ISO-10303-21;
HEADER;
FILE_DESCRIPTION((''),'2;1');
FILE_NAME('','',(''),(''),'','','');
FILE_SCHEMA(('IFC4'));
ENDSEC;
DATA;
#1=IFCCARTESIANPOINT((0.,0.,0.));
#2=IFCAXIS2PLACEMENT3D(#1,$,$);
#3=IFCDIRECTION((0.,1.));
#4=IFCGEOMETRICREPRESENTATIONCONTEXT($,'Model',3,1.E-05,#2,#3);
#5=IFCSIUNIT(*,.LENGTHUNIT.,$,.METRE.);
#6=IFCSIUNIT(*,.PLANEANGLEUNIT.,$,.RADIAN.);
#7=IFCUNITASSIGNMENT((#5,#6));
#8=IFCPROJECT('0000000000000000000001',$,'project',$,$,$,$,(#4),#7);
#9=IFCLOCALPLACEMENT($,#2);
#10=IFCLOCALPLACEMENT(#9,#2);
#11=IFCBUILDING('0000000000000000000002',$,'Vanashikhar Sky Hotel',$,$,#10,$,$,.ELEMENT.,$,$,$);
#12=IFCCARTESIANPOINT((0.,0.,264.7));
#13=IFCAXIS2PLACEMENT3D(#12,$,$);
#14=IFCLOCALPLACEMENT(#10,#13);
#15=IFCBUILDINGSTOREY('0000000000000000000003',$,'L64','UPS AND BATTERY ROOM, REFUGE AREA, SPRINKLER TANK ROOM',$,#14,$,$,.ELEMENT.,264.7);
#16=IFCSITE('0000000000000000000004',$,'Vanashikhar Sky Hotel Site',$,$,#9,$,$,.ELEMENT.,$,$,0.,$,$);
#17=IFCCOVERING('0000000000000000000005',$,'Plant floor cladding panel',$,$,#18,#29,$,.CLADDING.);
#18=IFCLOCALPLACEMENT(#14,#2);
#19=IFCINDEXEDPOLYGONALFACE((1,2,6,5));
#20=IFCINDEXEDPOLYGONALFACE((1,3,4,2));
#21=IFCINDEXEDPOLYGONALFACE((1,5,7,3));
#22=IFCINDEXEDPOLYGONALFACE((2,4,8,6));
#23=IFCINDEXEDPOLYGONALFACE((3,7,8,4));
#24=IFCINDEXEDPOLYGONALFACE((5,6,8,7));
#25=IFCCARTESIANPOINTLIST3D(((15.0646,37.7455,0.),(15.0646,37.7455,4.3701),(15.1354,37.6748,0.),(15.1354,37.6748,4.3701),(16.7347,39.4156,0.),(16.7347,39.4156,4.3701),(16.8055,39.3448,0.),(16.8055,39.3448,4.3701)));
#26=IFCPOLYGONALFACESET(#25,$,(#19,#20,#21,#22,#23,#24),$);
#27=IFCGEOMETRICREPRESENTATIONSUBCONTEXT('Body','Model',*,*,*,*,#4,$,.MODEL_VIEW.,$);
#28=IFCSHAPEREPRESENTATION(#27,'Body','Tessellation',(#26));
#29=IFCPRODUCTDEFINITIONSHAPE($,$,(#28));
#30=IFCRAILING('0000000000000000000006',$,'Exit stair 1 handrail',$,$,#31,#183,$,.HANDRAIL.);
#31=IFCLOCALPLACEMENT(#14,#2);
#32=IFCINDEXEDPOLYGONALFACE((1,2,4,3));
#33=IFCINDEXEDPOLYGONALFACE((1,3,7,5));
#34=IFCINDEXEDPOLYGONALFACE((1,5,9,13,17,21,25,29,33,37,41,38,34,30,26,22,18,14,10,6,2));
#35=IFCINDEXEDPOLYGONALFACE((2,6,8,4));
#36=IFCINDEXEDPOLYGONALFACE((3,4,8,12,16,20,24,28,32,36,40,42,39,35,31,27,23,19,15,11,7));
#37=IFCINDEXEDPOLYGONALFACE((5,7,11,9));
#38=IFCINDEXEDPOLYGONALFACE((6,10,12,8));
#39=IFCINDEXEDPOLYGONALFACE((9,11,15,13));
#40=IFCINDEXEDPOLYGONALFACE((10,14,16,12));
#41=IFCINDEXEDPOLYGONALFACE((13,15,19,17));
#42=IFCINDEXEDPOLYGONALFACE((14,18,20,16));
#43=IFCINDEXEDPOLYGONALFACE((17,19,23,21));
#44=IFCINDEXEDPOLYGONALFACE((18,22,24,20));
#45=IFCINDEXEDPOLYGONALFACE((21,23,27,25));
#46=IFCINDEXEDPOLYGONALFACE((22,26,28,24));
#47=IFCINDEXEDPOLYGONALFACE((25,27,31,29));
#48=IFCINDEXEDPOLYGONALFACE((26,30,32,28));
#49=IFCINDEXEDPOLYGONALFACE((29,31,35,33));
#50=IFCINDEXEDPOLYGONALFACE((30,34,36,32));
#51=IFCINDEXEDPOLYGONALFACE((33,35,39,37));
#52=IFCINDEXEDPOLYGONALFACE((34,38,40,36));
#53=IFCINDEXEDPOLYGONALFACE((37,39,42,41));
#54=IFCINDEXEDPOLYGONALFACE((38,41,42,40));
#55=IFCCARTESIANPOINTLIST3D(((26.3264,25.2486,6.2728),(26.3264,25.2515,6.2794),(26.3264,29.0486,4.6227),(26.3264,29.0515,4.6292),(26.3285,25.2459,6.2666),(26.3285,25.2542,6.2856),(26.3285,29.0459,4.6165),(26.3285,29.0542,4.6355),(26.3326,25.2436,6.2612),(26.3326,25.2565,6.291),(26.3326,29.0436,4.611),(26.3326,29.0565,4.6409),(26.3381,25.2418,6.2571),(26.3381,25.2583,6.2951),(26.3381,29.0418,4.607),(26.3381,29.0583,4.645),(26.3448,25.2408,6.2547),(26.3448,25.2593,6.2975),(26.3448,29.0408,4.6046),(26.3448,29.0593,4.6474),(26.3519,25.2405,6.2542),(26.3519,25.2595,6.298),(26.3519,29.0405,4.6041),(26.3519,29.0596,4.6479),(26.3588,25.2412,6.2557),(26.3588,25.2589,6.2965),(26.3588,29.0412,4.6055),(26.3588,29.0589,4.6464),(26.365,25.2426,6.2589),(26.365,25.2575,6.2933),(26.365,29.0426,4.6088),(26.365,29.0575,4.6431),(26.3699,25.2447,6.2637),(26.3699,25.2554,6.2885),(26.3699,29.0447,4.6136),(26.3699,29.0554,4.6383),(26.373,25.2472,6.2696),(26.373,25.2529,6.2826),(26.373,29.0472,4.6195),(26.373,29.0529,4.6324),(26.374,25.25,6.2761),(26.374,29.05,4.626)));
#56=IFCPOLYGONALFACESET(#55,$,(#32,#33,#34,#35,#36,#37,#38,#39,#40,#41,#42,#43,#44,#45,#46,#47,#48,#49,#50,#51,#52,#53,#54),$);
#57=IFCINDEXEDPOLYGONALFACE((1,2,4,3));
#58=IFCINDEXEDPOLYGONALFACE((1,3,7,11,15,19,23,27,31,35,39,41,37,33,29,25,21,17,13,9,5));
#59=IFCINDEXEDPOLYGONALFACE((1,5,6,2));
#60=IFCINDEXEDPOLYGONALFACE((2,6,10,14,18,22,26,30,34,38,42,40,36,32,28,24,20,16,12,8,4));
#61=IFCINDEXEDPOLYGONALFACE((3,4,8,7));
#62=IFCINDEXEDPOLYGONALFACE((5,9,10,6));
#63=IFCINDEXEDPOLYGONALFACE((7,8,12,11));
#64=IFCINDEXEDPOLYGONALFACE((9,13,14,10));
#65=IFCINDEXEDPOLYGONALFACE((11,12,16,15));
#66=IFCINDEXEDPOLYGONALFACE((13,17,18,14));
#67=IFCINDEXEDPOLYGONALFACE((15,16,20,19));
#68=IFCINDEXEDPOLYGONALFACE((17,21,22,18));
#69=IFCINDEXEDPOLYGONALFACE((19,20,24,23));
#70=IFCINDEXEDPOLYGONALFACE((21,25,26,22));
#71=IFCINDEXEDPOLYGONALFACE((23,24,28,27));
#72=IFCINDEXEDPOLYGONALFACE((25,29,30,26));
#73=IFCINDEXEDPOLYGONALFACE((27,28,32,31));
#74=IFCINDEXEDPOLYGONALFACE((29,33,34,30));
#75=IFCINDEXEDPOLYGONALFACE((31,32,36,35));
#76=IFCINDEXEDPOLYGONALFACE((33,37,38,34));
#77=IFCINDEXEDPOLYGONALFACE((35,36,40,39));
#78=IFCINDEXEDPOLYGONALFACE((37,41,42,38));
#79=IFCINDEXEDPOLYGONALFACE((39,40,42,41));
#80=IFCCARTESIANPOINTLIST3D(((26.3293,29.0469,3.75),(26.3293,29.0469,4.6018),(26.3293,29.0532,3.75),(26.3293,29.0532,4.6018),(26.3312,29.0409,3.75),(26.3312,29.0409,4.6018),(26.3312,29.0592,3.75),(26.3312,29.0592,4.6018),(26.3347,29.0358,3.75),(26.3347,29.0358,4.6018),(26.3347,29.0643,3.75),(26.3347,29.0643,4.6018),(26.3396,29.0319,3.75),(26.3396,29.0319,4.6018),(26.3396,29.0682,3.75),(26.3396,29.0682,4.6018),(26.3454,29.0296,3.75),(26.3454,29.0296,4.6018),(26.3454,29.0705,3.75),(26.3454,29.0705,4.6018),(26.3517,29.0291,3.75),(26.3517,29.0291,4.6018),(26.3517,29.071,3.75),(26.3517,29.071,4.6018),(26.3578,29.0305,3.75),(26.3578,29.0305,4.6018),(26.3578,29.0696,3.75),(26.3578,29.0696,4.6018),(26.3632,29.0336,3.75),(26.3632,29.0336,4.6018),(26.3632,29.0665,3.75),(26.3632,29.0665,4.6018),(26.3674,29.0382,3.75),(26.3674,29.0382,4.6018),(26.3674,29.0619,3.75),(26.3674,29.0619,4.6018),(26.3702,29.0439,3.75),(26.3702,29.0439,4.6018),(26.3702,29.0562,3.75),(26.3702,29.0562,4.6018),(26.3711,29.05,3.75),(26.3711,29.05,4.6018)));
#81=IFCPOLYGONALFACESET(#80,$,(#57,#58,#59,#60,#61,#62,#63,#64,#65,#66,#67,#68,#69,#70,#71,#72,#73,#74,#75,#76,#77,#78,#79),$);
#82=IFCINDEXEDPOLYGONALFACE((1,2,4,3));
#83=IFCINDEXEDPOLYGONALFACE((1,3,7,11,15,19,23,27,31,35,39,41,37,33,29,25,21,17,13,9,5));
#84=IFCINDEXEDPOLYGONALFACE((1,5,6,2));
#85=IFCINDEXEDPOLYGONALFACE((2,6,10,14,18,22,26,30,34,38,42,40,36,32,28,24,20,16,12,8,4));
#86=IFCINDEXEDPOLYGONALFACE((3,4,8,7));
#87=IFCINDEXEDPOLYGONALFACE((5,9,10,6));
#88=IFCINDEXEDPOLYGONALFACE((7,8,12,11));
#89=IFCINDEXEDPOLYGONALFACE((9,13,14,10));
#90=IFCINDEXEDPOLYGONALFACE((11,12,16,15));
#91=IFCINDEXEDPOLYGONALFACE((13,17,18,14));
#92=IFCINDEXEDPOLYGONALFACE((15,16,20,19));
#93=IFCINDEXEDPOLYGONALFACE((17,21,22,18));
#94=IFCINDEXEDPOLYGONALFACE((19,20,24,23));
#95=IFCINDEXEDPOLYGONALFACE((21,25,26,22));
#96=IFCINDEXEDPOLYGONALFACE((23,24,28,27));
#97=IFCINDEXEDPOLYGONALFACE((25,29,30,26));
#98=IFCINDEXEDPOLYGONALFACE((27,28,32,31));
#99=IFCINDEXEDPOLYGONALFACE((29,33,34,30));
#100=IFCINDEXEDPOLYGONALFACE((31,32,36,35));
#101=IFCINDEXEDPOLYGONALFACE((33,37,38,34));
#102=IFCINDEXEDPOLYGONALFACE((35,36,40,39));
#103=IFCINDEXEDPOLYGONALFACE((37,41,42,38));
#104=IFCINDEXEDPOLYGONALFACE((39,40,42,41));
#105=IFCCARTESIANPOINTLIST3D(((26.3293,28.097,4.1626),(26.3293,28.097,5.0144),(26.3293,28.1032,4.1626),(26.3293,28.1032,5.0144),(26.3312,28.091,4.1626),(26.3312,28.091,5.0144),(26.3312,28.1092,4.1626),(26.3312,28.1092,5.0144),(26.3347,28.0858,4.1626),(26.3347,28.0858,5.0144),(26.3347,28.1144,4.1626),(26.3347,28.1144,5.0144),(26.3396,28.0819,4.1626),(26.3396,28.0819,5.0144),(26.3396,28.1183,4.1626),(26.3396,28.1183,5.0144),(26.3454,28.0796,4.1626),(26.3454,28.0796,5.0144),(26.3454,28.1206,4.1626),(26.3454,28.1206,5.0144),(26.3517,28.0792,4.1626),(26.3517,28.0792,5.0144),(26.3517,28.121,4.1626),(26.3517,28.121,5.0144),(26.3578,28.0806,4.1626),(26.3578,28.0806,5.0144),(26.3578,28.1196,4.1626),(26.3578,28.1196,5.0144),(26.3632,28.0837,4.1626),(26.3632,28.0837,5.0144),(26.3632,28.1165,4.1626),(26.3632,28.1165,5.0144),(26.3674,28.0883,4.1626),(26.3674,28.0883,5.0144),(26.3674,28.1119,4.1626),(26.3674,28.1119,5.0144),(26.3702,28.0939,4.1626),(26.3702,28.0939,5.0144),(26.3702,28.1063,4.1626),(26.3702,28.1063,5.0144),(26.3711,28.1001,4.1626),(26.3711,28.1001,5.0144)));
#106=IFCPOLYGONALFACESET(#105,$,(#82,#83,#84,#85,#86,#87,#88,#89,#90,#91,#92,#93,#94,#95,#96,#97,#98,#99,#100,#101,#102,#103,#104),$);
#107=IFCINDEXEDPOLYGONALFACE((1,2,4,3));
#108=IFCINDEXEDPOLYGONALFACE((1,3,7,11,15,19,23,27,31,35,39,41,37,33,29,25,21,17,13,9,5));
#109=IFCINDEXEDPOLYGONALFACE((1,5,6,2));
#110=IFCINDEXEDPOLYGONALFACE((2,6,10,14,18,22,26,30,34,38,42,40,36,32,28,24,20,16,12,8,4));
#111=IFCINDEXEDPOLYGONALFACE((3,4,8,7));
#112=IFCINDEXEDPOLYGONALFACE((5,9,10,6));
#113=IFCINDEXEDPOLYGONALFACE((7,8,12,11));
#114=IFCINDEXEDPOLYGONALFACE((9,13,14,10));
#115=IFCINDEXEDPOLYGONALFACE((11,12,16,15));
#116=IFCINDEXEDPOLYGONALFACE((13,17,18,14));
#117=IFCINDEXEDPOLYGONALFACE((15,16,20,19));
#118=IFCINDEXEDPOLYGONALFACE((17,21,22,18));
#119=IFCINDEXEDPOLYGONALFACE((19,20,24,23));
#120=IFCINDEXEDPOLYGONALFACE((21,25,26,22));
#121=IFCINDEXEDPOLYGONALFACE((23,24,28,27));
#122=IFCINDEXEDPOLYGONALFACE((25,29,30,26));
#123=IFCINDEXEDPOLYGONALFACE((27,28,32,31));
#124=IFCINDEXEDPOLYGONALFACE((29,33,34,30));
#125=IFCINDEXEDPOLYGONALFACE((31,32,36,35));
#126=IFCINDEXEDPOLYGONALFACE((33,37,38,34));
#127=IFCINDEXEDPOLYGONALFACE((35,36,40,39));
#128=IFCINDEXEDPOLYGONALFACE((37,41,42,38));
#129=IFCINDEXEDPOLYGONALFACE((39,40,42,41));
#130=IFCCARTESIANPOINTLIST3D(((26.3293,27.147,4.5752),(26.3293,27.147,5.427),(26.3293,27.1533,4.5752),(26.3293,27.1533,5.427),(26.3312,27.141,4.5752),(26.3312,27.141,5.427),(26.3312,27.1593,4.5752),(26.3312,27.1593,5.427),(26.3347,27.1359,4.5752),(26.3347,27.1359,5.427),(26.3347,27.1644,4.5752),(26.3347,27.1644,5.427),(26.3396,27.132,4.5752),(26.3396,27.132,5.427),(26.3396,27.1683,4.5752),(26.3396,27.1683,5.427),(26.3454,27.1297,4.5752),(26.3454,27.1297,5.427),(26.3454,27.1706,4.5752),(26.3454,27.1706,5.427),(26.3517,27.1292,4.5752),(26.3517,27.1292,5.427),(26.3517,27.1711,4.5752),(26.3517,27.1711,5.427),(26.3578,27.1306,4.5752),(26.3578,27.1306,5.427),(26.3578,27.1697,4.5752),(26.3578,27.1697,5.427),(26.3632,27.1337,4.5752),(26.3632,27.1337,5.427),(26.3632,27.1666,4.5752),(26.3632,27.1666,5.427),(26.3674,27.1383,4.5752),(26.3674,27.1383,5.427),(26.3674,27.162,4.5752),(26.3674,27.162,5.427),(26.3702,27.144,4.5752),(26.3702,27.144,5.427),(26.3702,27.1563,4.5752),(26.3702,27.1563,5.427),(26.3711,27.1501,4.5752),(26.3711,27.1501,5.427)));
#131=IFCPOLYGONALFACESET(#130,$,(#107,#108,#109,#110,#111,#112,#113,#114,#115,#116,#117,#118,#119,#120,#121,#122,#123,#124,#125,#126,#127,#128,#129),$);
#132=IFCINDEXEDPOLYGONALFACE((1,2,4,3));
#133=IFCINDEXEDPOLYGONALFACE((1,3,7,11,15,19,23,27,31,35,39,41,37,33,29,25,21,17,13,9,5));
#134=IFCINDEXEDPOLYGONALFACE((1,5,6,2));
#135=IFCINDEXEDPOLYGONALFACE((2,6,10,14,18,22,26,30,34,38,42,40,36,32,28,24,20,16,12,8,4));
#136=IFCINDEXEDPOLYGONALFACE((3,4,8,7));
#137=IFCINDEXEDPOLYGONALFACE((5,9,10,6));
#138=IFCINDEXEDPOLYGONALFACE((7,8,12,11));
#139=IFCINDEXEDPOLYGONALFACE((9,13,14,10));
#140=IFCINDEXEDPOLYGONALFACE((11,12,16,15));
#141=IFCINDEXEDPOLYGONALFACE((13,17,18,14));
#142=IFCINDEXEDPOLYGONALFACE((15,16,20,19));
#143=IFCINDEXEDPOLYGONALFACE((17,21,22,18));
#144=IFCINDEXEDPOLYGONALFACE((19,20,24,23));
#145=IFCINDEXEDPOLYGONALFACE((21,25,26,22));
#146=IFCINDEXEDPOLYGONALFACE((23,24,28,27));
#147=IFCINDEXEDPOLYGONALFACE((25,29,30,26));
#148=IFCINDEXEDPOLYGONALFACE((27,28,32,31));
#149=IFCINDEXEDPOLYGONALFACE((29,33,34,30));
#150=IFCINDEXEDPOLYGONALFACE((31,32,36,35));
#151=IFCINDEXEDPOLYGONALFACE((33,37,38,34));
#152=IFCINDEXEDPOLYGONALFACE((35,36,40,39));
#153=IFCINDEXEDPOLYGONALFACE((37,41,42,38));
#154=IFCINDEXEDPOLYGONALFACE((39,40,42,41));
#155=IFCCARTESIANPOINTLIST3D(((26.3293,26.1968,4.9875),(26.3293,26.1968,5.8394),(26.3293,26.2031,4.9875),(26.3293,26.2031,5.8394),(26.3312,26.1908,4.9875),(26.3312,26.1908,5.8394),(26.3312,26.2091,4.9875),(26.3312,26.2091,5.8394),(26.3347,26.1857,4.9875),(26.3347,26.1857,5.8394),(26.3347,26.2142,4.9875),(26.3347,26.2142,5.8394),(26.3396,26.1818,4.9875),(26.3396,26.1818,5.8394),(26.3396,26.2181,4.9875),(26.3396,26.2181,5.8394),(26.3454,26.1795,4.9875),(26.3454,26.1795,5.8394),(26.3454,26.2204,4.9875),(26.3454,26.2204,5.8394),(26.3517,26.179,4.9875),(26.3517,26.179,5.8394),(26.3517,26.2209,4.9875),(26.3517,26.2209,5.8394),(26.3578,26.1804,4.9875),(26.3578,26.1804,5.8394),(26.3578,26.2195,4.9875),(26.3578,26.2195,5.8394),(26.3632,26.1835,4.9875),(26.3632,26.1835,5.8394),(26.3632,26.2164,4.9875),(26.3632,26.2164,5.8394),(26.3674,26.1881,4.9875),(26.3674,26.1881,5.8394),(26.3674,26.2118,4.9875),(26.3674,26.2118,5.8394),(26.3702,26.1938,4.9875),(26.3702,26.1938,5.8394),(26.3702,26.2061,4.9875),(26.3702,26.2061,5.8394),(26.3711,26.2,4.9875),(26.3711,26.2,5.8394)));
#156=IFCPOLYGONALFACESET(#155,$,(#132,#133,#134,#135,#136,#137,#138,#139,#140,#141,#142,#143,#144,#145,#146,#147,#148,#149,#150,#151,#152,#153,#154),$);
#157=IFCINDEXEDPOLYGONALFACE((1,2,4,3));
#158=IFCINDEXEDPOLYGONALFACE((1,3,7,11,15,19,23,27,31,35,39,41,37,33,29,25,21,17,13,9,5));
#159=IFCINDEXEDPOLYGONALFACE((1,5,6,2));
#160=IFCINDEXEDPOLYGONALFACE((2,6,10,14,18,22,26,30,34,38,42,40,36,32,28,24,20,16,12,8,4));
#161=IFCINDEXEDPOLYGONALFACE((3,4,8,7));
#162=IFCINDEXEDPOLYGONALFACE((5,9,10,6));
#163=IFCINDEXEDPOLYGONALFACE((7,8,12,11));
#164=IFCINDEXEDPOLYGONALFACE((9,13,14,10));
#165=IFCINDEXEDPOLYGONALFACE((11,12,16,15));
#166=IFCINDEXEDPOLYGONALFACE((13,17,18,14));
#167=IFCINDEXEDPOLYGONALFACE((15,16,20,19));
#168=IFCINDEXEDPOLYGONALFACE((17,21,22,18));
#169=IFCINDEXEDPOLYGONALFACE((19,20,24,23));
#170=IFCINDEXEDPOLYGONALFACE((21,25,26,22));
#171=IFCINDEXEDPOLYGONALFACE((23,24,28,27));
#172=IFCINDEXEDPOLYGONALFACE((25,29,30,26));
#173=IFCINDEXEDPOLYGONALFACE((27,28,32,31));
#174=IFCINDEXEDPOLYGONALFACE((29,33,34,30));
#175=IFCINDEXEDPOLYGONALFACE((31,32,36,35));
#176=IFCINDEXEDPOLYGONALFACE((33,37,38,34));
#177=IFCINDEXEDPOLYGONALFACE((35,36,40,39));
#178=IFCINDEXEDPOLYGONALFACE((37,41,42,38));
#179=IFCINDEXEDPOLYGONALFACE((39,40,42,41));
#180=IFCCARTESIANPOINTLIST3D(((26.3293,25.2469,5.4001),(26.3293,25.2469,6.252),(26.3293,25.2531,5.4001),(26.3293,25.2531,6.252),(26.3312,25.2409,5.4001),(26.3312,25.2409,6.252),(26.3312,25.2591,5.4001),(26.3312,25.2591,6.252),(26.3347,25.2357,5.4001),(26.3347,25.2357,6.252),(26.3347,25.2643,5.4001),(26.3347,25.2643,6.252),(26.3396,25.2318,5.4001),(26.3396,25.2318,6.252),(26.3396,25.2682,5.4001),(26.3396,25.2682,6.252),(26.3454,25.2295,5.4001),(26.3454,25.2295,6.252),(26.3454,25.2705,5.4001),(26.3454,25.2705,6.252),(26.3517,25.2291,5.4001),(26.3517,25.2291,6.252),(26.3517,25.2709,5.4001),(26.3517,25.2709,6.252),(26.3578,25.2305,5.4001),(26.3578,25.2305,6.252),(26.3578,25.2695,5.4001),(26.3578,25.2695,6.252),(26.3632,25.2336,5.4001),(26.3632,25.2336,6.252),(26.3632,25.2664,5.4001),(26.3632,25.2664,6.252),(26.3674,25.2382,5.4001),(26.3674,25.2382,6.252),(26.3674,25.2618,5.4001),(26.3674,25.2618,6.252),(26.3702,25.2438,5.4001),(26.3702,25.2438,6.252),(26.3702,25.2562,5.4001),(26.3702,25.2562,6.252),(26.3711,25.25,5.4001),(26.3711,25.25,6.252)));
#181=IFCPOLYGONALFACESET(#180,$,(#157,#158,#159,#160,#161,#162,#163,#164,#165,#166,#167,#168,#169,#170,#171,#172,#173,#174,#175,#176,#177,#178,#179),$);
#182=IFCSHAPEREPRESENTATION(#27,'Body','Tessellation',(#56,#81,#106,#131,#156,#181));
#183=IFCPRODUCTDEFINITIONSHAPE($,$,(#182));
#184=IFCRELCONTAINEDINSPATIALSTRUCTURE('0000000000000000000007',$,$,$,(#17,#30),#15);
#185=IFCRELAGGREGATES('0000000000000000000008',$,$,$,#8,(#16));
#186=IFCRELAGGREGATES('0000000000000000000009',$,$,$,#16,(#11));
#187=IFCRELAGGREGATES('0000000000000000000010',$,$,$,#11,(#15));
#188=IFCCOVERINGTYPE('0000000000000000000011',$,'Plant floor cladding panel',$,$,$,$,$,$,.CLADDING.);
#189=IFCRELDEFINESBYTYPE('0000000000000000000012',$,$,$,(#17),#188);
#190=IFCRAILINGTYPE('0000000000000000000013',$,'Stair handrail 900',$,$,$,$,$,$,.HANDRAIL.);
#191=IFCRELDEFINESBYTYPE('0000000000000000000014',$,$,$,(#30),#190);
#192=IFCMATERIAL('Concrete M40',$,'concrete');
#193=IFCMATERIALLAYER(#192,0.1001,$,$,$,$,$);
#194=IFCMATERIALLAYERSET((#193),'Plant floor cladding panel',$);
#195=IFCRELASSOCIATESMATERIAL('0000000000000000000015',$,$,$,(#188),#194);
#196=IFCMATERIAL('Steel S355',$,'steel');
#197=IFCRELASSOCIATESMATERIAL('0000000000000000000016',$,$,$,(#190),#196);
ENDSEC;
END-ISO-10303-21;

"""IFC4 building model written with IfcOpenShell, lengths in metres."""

from ifc_helpers import new_model, si_unit, direction, frame, origin, origin_2d, place, context, subcontext, project, spatial, rectangle, circle, extrude, source, transform, mapped, material, layer, layer_set, type_object, element, save


model = new_model("IFC4")

# Units and contexts
model_context = context("Model", 3, precision=1e-05, world=origin(), true_north=direction((0.0, 1.0)))
body_context = subcontext(model_context, "Body", "Model", "MODEL_VIEW")
ifc_project = project(units=[si_unit("LENGTHUNIT", "METRE"), si_unit("PLANEANGLEUNIT", "RADIAN")], contexts=[model_context])

# Site, building, storey
site_placement = place(None, origin())
site = spatial("IfcSite", under=ifc_project, at=site_placement, Name="Vanashikhar Sky Hotel Site", CompositionType="ELEMENT", RefElevation=0.0)
building_placement = place(site_placement, origin())
building = spatial("IfcBuilding", under=site, at=building_placement, Name="Vanashikhar Sky Hotel", CompositionType="ELEMENT")
storey_placement = place(building_placement, frame((0.0, 0.0, 264.7)))
storey = spatial("IfcBuildingStorey", under=building, at=storey_placement, Name="L64", Description="UPS AND BATTERY ROOM, REFUGE AREA, SPRINKLER TANK ROOM", CompositionType="ELEMENT", Elevation=264.7)

# Shared definitions
ifc_material_1 = material(Name="Concrete M40", Category="concrete")

# Covering
ifc_layer_1 = layer(ifc_material_1, 0.1001)
ifc_layer_set_1 = layer_set([ifc_layer_1], Name="Plant floor cladding panel")
covering_type = type_object("IfcCoveringType", Name="Plant floor cladding panel", PredefinedType="CLADDING", material=ifc_layer_set_1)
shared_shape_1 = source(origin(), body_context, "Body", "SweptSolid", [
    extrude(rectangle(XDim=2.3618, YDim=0.1001, at=origin_2d()), origin(), (0.0, 0.0, 1.0), 4.3701),
])
covering_placement = place(storey_placement, frame((15.9351, 38.5452, 0.0), z_axis=(0.0, 0.0, 1.0), x_axis=(-0.707119, -0.707094, 0.0)))
element("IfcCovering", 1, at=covering_placement, inside=storey, type_object=covering_type, Name="Plant floor cladding panel", PredefinedType="CLADDING", context=body_context, shape_type="MappedRepresentation", body=[
    mapped(shared_shape_1, transform((0.0, 0.0, 0.0), scale=1.0)),
])

# Railing
ifc_material_2 = material(Name="Steel S355", Category="steel")
railing_type_1 = type_object("IfcRailingType", Name="Stair handrail 900", PredefinedType="HANDRAIL", material=ifc_material_2)
shared_shape_2 = source(origin(), body_context, "Body", "SweptSolid", [
    extrude(circle(Radius=0.0239, at=origin_2d()), frame((0.0, 0.0, 0.876), z_axis=(0.0, -0.917251, 0.39831), x_axis=(1.0, 0.0, 0.0)), (0.0, 0.0, 1.0), 4.1428),
    extrude(circle(Radius=0.021, at=origin_2d()), origin(), (0.0, 0.0, 1.0), 0.8518),
    extrude(circle(Radius=0.021, at=origin_2d()), frame((0.0, -0.95, 0.4126)), (0.0, 0.0, 1.0), 0.8518),
    extrude(circle(Radius=0.021, at=origin_2d()), frame((0.0, -1.8999, 0.8252)), (0.0, 0.0, 1.0), 0.8518),
    extrude(circle(Radius=0.021, at=origin_2d()), frame((0.0, -2.8501, 1.2375)), (0.0, 0.0, 1.0), 0.8518),
    extrude(circle(Radius=0.021, at=origin_2d()), frame((0.0, -3.8, 1.6501)), (0.0, 0.0, 1.0), 0.8518),
])
railing_1_placement = place(storey_placement, frame((26.3501, 29.05, 3.75)))
element("IfcRailing", 2, at=railing_1_placement, inside=storey, type_object=railing_type_1, Name="Exit stair 1 handrail", PredefinedType="HANDRAIL", context=body_context, shape_type="MappedRepresentation", body=[
    mapped(shared_shape_2, transform((0.0, 0.0, 0.0), scale=1.0)),
])

save(model, "model.ifc")
